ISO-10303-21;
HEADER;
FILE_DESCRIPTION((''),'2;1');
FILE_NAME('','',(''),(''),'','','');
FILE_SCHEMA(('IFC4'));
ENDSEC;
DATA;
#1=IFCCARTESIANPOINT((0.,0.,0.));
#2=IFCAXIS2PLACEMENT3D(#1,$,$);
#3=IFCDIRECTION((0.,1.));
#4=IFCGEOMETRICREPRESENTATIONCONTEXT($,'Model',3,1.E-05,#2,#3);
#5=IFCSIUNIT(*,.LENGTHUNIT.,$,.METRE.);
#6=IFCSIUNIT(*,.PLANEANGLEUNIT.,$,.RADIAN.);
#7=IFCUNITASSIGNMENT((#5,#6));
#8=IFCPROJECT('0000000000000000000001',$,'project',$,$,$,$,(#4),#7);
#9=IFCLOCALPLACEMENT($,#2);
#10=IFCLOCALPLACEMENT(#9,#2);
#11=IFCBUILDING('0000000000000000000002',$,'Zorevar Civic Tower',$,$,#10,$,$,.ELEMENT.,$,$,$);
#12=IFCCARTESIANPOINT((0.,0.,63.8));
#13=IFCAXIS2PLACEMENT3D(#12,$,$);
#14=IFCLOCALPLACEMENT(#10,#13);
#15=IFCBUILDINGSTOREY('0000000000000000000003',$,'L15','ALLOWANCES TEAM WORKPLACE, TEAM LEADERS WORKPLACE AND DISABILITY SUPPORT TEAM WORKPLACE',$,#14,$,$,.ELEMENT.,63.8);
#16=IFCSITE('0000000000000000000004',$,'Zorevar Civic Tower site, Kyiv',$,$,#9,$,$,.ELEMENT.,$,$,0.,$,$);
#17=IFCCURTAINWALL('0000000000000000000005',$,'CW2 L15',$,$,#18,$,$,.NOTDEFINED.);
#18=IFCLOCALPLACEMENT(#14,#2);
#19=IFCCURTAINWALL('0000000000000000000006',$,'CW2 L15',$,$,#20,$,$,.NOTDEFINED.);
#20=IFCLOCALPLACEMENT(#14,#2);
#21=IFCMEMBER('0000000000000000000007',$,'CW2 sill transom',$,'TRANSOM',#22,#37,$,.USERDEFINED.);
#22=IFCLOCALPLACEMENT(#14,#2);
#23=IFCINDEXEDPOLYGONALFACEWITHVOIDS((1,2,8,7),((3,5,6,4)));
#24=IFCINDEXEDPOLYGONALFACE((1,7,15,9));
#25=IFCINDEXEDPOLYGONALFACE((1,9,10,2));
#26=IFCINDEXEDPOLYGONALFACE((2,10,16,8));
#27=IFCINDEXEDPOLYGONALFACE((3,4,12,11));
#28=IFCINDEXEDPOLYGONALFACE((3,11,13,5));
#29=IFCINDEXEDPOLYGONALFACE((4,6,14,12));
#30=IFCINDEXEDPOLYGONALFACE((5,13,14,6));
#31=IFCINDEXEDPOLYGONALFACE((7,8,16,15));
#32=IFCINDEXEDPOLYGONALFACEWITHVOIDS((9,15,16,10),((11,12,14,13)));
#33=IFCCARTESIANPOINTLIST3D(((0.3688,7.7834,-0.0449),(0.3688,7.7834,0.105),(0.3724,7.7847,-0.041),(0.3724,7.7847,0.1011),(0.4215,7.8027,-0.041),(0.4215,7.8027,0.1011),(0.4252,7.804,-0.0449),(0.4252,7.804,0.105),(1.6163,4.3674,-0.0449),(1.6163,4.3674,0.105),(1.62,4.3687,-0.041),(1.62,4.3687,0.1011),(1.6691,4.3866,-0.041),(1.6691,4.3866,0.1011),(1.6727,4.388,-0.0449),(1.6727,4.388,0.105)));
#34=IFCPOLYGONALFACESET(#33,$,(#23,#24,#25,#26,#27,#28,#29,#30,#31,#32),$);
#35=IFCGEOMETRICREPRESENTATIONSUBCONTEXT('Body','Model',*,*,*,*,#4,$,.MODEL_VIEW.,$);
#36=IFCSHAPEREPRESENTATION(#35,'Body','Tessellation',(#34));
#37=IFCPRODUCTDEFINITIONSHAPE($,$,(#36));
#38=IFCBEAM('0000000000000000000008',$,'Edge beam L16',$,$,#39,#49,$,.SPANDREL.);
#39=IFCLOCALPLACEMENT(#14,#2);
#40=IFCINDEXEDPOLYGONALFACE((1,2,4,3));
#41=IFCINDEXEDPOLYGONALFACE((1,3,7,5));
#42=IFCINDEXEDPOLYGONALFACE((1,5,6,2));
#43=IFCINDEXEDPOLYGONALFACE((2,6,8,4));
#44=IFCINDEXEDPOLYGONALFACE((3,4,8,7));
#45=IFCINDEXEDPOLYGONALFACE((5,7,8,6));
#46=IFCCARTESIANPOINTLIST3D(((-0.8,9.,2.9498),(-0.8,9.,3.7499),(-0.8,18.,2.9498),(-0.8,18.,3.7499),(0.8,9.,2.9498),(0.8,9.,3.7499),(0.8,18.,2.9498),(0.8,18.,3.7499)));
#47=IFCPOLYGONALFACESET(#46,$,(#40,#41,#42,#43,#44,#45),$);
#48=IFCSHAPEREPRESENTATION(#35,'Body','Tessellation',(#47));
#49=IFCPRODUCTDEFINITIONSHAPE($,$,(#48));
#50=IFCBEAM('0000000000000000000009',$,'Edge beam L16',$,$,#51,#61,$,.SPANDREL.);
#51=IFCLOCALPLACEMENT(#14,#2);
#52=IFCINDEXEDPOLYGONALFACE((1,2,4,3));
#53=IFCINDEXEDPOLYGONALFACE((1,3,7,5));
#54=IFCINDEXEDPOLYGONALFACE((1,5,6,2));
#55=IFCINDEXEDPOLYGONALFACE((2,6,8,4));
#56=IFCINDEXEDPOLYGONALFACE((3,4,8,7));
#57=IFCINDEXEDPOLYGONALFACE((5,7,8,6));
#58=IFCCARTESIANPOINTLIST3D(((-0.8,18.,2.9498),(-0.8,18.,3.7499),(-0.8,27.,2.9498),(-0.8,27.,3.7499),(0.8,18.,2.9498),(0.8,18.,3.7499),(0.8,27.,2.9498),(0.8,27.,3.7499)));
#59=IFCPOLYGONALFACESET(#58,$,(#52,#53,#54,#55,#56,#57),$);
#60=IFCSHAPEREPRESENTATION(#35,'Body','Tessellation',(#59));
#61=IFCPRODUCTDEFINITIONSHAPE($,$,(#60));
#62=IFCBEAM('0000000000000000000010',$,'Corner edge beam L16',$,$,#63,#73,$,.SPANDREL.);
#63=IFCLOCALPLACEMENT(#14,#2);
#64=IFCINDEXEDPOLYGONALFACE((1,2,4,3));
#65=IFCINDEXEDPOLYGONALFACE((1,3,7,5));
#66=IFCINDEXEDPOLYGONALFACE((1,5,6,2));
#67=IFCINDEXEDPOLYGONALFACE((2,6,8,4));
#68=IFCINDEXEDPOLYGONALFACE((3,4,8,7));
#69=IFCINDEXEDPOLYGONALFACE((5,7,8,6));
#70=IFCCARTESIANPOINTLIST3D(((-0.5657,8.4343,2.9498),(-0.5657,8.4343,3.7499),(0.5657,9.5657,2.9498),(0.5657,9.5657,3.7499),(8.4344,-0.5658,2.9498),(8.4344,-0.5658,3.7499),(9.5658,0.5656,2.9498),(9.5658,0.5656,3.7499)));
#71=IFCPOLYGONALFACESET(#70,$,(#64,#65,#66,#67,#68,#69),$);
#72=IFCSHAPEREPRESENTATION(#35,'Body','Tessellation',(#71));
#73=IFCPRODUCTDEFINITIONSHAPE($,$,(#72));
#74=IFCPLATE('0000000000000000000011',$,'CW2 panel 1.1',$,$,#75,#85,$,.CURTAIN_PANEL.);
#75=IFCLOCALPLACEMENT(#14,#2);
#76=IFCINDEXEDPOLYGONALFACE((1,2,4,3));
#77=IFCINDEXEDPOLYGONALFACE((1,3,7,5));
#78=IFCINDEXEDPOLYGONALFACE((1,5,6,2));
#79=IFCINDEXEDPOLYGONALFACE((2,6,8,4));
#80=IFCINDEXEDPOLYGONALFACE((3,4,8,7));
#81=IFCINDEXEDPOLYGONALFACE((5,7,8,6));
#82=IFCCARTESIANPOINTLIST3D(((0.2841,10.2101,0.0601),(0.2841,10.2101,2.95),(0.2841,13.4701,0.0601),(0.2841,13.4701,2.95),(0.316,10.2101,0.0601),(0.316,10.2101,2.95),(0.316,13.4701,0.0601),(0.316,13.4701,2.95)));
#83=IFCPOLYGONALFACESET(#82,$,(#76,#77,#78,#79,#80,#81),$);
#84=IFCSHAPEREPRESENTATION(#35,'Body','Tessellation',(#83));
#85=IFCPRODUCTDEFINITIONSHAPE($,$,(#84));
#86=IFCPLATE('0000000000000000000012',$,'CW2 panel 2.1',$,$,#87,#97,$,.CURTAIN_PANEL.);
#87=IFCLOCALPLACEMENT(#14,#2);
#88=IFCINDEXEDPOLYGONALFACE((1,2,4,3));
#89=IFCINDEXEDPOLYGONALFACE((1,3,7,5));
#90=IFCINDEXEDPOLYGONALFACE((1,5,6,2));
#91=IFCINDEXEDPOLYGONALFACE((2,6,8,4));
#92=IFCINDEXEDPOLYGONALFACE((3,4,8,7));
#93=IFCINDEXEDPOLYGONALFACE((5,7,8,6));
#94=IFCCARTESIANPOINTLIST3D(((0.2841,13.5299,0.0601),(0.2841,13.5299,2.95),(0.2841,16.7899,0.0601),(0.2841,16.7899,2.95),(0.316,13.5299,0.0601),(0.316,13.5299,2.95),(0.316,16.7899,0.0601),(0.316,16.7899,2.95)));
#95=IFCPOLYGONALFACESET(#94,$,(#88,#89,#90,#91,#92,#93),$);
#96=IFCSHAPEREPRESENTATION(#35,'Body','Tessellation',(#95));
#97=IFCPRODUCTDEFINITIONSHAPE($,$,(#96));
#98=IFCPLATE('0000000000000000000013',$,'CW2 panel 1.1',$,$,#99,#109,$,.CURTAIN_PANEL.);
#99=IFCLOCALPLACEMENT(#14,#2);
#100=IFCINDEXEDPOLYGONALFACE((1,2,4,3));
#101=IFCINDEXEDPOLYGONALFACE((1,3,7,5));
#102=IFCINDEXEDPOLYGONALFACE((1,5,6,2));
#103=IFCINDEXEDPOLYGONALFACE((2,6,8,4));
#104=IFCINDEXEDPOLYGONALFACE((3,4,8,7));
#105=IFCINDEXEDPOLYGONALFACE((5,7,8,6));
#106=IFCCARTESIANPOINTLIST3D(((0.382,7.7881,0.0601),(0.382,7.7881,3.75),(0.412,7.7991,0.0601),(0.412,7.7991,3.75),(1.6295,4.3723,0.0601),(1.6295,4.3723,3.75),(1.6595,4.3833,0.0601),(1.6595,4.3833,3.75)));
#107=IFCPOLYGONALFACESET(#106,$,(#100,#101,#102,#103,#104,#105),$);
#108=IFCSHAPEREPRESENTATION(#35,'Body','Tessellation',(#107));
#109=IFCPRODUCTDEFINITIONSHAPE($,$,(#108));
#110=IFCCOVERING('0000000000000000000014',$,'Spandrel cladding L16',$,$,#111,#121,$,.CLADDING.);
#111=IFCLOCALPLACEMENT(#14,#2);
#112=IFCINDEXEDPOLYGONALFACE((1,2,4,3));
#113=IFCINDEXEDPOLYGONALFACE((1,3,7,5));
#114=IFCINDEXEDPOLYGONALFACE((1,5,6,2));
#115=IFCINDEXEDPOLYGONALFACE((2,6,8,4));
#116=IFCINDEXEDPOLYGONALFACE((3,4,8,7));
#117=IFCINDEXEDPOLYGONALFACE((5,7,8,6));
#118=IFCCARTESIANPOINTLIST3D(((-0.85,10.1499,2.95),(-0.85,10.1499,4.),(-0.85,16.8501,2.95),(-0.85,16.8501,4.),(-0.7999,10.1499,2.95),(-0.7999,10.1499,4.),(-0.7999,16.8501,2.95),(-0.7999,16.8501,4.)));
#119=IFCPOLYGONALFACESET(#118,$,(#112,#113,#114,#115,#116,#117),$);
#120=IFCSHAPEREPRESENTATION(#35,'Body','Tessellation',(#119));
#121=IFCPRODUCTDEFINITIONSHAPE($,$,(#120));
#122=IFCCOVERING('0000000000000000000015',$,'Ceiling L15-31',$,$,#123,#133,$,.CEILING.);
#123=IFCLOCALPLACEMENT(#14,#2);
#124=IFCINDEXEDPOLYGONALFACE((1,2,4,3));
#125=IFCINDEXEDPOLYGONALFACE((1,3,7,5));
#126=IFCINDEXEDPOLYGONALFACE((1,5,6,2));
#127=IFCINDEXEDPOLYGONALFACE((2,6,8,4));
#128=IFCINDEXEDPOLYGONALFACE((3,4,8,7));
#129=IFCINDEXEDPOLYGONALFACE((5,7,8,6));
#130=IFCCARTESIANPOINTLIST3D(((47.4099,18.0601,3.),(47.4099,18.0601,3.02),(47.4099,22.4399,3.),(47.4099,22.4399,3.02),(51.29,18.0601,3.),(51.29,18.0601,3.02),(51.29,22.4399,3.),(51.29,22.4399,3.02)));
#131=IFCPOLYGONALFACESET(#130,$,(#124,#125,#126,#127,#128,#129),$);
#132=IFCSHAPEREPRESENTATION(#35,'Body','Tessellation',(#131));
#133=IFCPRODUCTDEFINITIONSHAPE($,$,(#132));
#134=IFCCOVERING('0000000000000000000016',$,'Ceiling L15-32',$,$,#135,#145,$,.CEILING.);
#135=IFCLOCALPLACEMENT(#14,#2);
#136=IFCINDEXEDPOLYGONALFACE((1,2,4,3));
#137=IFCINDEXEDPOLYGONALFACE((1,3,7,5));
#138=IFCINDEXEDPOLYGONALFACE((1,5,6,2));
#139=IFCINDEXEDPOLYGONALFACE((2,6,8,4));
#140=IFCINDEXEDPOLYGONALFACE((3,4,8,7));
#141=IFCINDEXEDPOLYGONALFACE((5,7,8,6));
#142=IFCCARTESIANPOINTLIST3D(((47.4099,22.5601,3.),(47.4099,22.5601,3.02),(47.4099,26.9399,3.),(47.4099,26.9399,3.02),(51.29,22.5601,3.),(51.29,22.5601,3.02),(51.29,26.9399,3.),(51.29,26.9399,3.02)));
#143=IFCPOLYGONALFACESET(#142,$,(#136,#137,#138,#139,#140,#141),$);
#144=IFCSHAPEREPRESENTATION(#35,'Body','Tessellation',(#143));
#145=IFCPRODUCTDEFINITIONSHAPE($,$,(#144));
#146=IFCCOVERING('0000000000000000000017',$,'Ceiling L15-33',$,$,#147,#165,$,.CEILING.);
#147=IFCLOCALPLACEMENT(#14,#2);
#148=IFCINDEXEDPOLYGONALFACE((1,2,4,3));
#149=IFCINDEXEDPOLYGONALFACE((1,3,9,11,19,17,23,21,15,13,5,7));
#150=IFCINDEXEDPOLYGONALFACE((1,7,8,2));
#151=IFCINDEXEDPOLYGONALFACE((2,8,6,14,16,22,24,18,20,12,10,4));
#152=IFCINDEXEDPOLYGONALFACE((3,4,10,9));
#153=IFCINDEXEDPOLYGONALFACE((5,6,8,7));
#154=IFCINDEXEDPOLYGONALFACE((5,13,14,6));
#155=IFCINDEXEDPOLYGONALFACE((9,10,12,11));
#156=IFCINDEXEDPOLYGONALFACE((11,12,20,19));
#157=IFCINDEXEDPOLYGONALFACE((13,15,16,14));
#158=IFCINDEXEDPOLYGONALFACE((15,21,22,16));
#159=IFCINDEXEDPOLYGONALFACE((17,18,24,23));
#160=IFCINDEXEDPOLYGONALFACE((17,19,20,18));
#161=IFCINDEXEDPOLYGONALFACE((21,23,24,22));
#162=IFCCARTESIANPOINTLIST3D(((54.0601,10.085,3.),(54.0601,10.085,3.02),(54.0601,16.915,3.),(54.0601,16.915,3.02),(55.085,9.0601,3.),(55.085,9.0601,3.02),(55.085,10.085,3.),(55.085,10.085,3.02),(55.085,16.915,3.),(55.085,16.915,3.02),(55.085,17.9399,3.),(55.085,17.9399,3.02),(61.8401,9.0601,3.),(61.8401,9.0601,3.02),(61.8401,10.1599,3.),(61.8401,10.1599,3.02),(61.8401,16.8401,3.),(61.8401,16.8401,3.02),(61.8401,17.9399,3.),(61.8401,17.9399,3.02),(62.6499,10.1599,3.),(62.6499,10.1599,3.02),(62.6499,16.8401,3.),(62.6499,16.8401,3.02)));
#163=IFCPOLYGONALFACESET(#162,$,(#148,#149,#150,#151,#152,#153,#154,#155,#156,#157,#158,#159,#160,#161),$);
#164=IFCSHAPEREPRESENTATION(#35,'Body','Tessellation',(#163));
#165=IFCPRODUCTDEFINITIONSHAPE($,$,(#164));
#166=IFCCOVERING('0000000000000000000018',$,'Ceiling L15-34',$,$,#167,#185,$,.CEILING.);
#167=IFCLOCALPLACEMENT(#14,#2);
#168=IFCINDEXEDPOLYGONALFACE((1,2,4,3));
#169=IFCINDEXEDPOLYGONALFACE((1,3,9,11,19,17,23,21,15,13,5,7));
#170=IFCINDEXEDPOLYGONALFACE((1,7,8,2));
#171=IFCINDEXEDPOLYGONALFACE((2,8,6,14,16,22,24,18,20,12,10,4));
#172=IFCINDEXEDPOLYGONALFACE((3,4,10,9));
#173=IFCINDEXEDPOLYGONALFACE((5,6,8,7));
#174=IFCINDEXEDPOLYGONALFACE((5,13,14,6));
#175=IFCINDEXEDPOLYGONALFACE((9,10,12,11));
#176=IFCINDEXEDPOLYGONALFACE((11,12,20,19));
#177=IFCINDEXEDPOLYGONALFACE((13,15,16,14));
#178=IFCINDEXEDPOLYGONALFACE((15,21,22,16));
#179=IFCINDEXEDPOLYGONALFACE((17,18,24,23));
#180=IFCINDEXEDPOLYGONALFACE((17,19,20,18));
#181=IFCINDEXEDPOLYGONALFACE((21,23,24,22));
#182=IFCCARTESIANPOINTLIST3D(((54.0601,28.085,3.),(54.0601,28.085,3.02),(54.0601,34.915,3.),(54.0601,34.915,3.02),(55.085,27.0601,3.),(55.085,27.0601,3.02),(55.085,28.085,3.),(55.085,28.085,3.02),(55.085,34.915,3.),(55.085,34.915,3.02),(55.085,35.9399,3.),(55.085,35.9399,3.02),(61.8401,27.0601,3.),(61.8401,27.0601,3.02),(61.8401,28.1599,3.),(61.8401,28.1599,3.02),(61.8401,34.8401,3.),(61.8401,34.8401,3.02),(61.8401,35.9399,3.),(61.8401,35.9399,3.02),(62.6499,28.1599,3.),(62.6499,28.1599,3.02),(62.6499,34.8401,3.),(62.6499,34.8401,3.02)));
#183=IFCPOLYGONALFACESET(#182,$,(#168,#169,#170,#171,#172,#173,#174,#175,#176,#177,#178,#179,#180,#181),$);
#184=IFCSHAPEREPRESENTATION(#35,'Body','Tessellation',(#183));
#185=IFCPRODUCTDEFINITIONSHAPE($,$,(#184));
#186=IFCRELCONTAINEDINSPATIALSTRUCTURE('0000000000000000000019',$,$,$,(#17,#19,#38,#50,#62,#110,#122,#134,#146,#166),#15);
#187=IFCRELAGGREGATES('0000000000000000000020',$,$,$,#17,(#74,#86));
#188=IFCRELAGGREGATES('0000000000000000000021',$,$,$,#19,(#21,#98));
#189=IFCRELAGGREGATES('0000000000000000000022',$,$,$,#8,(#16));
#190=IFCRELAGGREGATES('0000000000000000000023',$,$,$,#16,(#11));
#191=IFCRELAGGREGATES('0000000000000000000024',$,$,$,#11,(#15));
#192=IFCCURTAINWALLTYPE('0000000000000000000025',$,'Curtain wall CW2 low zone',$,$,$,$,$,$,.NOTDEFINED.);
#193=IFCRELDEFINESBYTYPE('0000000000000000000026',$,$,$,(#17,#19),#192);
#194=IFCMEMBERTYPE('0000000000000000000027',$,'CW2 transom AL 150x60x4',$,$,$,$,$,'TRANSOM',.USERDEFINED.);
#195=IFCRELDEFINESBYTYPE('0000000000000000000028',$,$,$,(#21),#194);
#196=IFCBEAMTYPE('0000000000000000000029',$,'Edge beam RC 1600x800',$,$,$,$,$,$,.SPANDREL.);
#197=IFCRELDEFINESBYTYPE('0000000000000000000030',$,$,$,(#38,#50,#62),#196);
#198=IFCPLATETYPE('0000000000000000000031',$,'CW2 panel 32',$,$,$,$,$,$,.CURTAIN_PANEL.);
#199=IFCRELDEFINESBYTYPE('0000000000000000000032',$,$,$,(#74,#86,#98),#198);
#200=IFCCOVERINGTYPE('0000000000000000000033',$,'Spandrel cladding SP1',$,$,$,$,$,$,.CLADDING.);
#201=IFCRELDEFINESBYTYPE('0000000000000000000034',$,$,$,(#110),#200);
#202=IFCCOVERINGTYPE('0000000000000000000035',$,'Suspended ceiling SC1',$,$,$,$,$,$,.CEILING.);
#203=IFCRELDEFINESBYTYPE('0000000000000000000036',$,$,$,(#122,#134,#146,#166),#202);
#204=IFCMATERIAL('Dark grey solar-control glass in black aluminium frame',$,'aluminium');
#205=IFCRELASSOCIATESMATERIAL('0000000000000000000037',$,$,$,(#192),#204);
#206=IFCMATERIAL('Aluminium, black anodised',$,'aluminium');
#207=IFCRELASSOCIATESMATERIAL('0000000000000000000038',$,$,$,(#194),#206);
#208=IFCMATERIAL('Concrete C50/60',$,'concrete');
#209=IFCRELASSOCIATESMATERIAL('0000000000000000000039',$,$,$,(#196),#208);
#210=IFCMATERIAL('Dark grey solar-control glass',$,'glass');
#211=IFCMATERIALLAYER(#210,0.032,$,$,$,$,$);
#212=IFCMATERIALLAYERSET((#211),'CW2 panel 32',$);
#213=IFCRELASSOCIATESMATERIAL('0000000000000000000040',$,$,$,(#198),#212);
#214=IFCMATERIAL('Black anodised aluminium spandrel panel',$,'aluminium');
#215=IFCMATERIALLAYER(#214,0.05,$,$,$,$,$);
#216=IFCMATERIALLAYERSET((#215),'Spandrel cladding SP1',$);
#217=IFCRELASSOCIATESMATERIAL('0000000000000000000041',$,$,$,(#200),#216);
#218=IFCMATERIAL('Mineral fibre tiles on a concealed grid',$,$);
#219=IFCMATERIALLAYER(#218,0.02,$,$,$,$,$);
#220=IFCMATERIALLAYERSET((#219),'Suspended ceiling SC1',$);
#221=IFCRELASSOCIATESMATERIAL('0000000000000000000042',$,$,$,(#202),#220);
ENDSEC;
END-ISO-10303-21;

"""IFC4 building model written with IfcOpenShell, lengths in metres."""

from ifc_helpers import new_model, si_unit, direction, frame, frame_2d, origin, origin_2d, place, context, subcontext, project, spatial, polyline, rectangle, hollow_rectangle, outline, extrude, material, layer, layer_set, material_profile, profile_set, type_object, element, aggregate, save


model = new_model("IFC4")

# Units and contexts
model_context = context("Model", 3, precision=1e-05, world=origin(), true_north=direction((0.0, 1.0)))
body_context = subcontext(model_context, "Body", "Model", "MODEL_VIEW")
ifc_project = project(units=[si_unit("LENGTHUNIT", "METRE"), si_unit("PLANEANGLEUNIT", "RADIAN")], contexts=[model_context])

# Site, building, storey
site_placement = place(None, origin())
site = spatial("IfcSite", under=ifc_project, at=site_placement, Name="Zorevar Civic Tower site, Kyiv", CompositionType="ELEMENT", RefElevation=0.0)
building_placement = place(site_placement, origin())
building = spatial("IfcBuilding", under=site, at=building_placement, Name="Zorevar Civic Tower", CompositionType="ELEMENT")
storey_placement = place(building_placement, frame((0.0, 0.0, 63.8)))
storey = spatial("IfcBuildingStorey", under=building, at=storey_placement, Name="L15", Description="ALLOWANCES TEAM WORKPLACE, TEAM LEADERS WORKPLACE AND DISABILITY SUPPORT TEAM WORKPLACE", CompositionType="ELEMENT", Elevation=63.8)

# Curtain walls
ifc_material_1 = material(Name="Dark grey solar-control glass in black aluminium frame", Category="aluminium")
curtain_wall_type = type_object("IfcCurtainWallType", Name="Curtain wall CW2 low zone", PredefinedType="NOTDEFINED", material=ifc_material_1)
curtain_wall_1_placement = place(storey_placement, origin())
curtain_wall_1 = element("IfcCurtainWall", 1, at=curtain_wall_1_placement, inside=storey, type_object=curtain_wall_type, Name="CW2 L15", PredefinedType="NOTDEFINED")
curtain_wall_2_placement = place(storey_placement, origin())
curtain_wall_2 = element("IfcCurtainWall", 2, at=curtain_wall_2_placement, inside=storey, type_object=curtain_wall_type, Name="CW2 L15", PredefinedType="NOTDEFINED")

# Member
ifc_material_2 = material(Name="Aluminium, black anodised", Category="aluminium")
ifc_material_profile_1 = material_profile(ifc_material_2, hollow_rectangle(XDim=0.0601, YDim=0.1499, WallThickness=0.0039, at=origin_2d()), Name="AL 150x60x4")
ifc_profile_set_1 = profile_set([ifc_material_profile_1], Name="Aluminium, black anodised")
member_type_1 = type_object("IfcMemberType", Name="CW2 transom AL 150x60x4", ElementType="TRANSOM", PredefinedType="USERDEFINED", material=ifc_profile_set_1)
member_1_placement = place(storey_placement, frame((0.397, 7.7937, 0.03), z_axis=(0.343047, -0.939318, 0.0), x_axis=(0.939318, 0.343047, 0.0)))
member_1 = element("IfcMember", 3, at=member_1_placement, type_object=member_type_1, Name="CW2 sill transom", ObjectType="TRANSOM", PredefinedType="USERDEFINED", context=body_context, shape_type="SweptSolid", body=[
    extrude(hollow_rectangle(XDim=0.0601, YDim=0.1499, WallThickness=0.0039, at=origin_2d()), origin(), (0.0, 0.0, 1.0), 3.6367),
])

# Beams
ifc_material_3 = material(Name="Concrete C50/60", Category="concrete")
ifc_material_profile_2 = material_profile(ifc_material_3, rectangle(XDim=1.6001, YDim=0.8, at=origin_2d()), Name="RC 1600x800")
ifc_profile_set_2 = profile_set([ifc_material_profile_2], Name="Concrete C50/60")
beam_type_1 = type_object("IfcBeamType", Name="Edge beam RC 1600x800", PredefinedType="SPANDREL", material=ifc_profile_set_2)
for number, where, z_axis, x_axis, name in (
    (4, (0.0, 9.0, 3.3499), (0.0, 1.0, 0.0), (-1.0, 0.0, 0.0), "Edge beam L16"),
    (5, (0.0, 18.0, 3.3499), (0.0, 1.0, 0.0), (-1.0, 0.0, 0.0), "Edge beam L16"),
):
    element("IfcBeam", number, at=place(storey_placement, frame(where, z_axis=z_axis, x_axis=x_axis)), inside=storey, type_object=beam_type_1, Name=name, PredefinedType="SPANDREL", context=body_context, shape_type="SweptSolid", body=[
        extrude(rectangle(XDim=1.6001, YDim=0.8, at=origin_2d()), origin(), (0.0, 0.0, 1.0), 9.0),
    ])
beam_1_placement = place(storey_placement, frame((0.0, 9.0, 3.3499), z_axis=(0.707107, -0.707107, 0.0), x_axis=(0.707107, 0.707107, 0.0)))
element("IfcBeam", 6, at=beam_1_placement, inside=storey, type_object=beam_type_1, Name="Corner edge beam L16", PredefinedType="SPANDREL", context=body_context, shape_type="SweptSolid", body=[
    extrude(rectangle(XDim=1.6001, YDim=0.8, at=origin_2d()), origin(), (0.0, 0.0, 1.0), 12.728),
])

# Plates
ifc_material_4 = material(Name="Dark grey solar-control glass", Category="glass")
ifc_layer_1 = layer(ifc_material_4, 0.032)
ifc_layer_set_1 = layer_set([ifc_layer_1], Name="CW2 panel 32")
plate_type = type_object("IfcPlateType", Name="CW2 panel 32", PredefinedType="CURTAIN_PANEL", material=ifc_layer_set_1)
plate_1_placement = place(storey_placement, frame((0.3, 11.8401, 0.0601), z_axis=(0.0, 0.0, 1.0), x_axis=(0.0, 1.0, 0.0)))
plate_1 = element("IfcPlate", 7, at=plate_1_placement, type_object=plate_type, Name="CW2 panel 1.1", PredefinedType="CURTAIN_PANEL", context=body_context, shape_type="SweptSolid", body=[
    extrude(rectangle(XDim=3.26, YDim=0.032, at=origin_2d()), origin(), (0.0, 0.0, 1.0), 2.8899),
])
plate_2_placement = place(storey_placement, frame((0.3, 15.1599, 0.0601), z_axis=(0.0, 0.0, 1.0), x_axis=(0.0, 1.0, 0.0)))
plate_2 = element("IfcPlate", 8, at=plate_2_placement, type_object=plate_type, Name="CW2 panel 2.1", PredefinedType="CURTAIN_PANEL", context=body_context, shape_type="SweptSolid", body=[
    extrude(rectangle(XDim=3.26, YDim=0.032, at=origin_2d()), origin(), (0.0, 0.0, 1.0), 2.8899),
])
aggregate(curtain_wall_1, [plate_1, plate_2])
plate_3_placement = place(storey_placement, frame((1.0208, 6.0857, 0.0601), z_axis=(0.0, 0.0, 1.0), x_axis=(0.34306, -0.939313, 0.0)))
plate_3 = element("IfcPlate", 9, at=plate_3_placement, type_object=plate_type, Name="CW2 panel 1.1", PredefinedType="CURTAIN_PANEL", context=body_context, shape_type="SweptSolid", body=[
    extrude(rectangle(XDim=3.6365, YDim=0.032, at=origin_2d()), origin(), (0.0, 0.0, 1.0), 3.6899),
])
aggregate(curtain_wall_2, [member_1, plate_3])

# Coverings
ifc_material_5 = material(Name="Black anodised aluminium spandrel panel", Category="aluminium")
ifc_layer_2 = layer(ifc_material_5, 0.05)
ifc_layer_set_2 = layer_set([ifc_layer_2], Name="Spandrel cladding SP1")
covering_type_1 = type_object("IfcCoveringType", Name="Spandrel cladding SP1", PredefinedType="CLADDING", material=ifc_layer_set_2)
covering_1_placement = place(storey_placement, frame((-0.825, 10.1499, 2.95), z_axis=(0.0, 0.0, 1.0), x_axis=(0.0, 1.0, 0.0)))
element("IfcCovering", 10, at=covering_1_placement, inside=storey, type_object=covering_type_1, Name="Spandrel cladding L16", PredefinedType="CLADDING", context=body_context, shape_type="SweptSolid", body=[
    extrude(rectangle(XDim=6.7002, YDim=0.05, at=frame_2d((3.3501, 0.0))), origin(), (0.0, 0.0, 1.0), 1.05),
])
ifc_material_6 = material(Name="Mineral fibre tiles on a concealed grid")
ifc_layer_3 = layer(ifc_material_6, 0.02)
ifc_layer_set_3 = layer_set([ifc_layer_3], Name="Suspended ceiling SC1")
covering_type_2 = type_object("IfcCoveringType", Name="Suspended ceiling SC1", PredefinedType="CEILING", material=ifc_layer_set_3)
covering_2_placement = place(storey_placement, frame((0.0, 0.0, 3.0)))
element("IfcCovering", 11, at=covering_2_placement, inside=storey, type_object=covering_type_2, Name="Ceiling L15-31", PredefinedType="CEILING", context=body_context, shape_type="SweptSolid", body=[
    extrude(outline(polyline([(47.4099, 22.4399), (51.29, 22.4399), (51.29, 18.0601), (47.4099, 18.0601), (47.4099, 22.4399)])), origin(), (0.0, 0.0, 1.0), 0.02),
])
covering_3_placement = place(storey_placement, frame((0.0, 0.0, 3.0)))
element("IfcCovering", 12, at=covering_3_placement, inside=storey, type_object=covering_type_2, Name="Ceiling L15-32", PredefinedType="CEILING", context=body_context, shape_type="SweptSolid", body=[
    extrude(outline(polyline([(47.4099, 22.5601), (47.4099, 26.9399), (51.29, 26.9399), (51.29, 22.5601), (47.4099, 22.5601)])), origin(), (0.0, 0.0, 1.0), 0.02),
])
covering_4_placement = place(storey_placement, frame((0.0, 0.0, 3.0)))
element("IfcCovering", 13, at=covering_4_placement, inside=storey, type_object=covering_type_2, Name="Ceiling L15-33", PredefinedType="CEILING", context=body_context, shape_type="SweptSolid", body=[
    extrude(outline(polyline([(62.6499, 10.1599), (61.8401, 10.1599), (61.8401, 9.0601), (55.085, 9.0601), (55.085, 10.085), (54.0601, 10.085), (54.0601, 16.915), (55.085, 16.915), (55.085, 17.9399), (61.8401, 17.9399), (61.8401, 16.8401), (62.6499, 16.8401), (62.6499, 10.1599)])), origin(), (0.0, 0.0, 1.0), 0.02),
])
covering_5_placement = place(storey_placement, frame((0.0, 0.0, 3.0)))
element("IfcCovering", 14, at=covering_5_placement, inside=storey, type_object=covering_type_2, Name="Ceiling L15-34", PredefinedType="CEILING", context=body_context, shape_type="SweptSolid", body=[
    extrude(outline(polyline([(62.6499, 28.1599), (61.8401, 28.1599), (61.8401, 27.0601), (55.085, 27.0601), (55.085, 28.085), (54.0601, 28.085), (54.0601, 34.915), (55.085, 34.915), (55.085, 35.9399), (61.8401, 35.9399), (61.8401, 34.8401), (62.6499, 34.8401), (62.6499, 28.1599)])), origin(), (0.0, 0.0, 1.0), 0.02),
])

save(model, "model.ifc")
